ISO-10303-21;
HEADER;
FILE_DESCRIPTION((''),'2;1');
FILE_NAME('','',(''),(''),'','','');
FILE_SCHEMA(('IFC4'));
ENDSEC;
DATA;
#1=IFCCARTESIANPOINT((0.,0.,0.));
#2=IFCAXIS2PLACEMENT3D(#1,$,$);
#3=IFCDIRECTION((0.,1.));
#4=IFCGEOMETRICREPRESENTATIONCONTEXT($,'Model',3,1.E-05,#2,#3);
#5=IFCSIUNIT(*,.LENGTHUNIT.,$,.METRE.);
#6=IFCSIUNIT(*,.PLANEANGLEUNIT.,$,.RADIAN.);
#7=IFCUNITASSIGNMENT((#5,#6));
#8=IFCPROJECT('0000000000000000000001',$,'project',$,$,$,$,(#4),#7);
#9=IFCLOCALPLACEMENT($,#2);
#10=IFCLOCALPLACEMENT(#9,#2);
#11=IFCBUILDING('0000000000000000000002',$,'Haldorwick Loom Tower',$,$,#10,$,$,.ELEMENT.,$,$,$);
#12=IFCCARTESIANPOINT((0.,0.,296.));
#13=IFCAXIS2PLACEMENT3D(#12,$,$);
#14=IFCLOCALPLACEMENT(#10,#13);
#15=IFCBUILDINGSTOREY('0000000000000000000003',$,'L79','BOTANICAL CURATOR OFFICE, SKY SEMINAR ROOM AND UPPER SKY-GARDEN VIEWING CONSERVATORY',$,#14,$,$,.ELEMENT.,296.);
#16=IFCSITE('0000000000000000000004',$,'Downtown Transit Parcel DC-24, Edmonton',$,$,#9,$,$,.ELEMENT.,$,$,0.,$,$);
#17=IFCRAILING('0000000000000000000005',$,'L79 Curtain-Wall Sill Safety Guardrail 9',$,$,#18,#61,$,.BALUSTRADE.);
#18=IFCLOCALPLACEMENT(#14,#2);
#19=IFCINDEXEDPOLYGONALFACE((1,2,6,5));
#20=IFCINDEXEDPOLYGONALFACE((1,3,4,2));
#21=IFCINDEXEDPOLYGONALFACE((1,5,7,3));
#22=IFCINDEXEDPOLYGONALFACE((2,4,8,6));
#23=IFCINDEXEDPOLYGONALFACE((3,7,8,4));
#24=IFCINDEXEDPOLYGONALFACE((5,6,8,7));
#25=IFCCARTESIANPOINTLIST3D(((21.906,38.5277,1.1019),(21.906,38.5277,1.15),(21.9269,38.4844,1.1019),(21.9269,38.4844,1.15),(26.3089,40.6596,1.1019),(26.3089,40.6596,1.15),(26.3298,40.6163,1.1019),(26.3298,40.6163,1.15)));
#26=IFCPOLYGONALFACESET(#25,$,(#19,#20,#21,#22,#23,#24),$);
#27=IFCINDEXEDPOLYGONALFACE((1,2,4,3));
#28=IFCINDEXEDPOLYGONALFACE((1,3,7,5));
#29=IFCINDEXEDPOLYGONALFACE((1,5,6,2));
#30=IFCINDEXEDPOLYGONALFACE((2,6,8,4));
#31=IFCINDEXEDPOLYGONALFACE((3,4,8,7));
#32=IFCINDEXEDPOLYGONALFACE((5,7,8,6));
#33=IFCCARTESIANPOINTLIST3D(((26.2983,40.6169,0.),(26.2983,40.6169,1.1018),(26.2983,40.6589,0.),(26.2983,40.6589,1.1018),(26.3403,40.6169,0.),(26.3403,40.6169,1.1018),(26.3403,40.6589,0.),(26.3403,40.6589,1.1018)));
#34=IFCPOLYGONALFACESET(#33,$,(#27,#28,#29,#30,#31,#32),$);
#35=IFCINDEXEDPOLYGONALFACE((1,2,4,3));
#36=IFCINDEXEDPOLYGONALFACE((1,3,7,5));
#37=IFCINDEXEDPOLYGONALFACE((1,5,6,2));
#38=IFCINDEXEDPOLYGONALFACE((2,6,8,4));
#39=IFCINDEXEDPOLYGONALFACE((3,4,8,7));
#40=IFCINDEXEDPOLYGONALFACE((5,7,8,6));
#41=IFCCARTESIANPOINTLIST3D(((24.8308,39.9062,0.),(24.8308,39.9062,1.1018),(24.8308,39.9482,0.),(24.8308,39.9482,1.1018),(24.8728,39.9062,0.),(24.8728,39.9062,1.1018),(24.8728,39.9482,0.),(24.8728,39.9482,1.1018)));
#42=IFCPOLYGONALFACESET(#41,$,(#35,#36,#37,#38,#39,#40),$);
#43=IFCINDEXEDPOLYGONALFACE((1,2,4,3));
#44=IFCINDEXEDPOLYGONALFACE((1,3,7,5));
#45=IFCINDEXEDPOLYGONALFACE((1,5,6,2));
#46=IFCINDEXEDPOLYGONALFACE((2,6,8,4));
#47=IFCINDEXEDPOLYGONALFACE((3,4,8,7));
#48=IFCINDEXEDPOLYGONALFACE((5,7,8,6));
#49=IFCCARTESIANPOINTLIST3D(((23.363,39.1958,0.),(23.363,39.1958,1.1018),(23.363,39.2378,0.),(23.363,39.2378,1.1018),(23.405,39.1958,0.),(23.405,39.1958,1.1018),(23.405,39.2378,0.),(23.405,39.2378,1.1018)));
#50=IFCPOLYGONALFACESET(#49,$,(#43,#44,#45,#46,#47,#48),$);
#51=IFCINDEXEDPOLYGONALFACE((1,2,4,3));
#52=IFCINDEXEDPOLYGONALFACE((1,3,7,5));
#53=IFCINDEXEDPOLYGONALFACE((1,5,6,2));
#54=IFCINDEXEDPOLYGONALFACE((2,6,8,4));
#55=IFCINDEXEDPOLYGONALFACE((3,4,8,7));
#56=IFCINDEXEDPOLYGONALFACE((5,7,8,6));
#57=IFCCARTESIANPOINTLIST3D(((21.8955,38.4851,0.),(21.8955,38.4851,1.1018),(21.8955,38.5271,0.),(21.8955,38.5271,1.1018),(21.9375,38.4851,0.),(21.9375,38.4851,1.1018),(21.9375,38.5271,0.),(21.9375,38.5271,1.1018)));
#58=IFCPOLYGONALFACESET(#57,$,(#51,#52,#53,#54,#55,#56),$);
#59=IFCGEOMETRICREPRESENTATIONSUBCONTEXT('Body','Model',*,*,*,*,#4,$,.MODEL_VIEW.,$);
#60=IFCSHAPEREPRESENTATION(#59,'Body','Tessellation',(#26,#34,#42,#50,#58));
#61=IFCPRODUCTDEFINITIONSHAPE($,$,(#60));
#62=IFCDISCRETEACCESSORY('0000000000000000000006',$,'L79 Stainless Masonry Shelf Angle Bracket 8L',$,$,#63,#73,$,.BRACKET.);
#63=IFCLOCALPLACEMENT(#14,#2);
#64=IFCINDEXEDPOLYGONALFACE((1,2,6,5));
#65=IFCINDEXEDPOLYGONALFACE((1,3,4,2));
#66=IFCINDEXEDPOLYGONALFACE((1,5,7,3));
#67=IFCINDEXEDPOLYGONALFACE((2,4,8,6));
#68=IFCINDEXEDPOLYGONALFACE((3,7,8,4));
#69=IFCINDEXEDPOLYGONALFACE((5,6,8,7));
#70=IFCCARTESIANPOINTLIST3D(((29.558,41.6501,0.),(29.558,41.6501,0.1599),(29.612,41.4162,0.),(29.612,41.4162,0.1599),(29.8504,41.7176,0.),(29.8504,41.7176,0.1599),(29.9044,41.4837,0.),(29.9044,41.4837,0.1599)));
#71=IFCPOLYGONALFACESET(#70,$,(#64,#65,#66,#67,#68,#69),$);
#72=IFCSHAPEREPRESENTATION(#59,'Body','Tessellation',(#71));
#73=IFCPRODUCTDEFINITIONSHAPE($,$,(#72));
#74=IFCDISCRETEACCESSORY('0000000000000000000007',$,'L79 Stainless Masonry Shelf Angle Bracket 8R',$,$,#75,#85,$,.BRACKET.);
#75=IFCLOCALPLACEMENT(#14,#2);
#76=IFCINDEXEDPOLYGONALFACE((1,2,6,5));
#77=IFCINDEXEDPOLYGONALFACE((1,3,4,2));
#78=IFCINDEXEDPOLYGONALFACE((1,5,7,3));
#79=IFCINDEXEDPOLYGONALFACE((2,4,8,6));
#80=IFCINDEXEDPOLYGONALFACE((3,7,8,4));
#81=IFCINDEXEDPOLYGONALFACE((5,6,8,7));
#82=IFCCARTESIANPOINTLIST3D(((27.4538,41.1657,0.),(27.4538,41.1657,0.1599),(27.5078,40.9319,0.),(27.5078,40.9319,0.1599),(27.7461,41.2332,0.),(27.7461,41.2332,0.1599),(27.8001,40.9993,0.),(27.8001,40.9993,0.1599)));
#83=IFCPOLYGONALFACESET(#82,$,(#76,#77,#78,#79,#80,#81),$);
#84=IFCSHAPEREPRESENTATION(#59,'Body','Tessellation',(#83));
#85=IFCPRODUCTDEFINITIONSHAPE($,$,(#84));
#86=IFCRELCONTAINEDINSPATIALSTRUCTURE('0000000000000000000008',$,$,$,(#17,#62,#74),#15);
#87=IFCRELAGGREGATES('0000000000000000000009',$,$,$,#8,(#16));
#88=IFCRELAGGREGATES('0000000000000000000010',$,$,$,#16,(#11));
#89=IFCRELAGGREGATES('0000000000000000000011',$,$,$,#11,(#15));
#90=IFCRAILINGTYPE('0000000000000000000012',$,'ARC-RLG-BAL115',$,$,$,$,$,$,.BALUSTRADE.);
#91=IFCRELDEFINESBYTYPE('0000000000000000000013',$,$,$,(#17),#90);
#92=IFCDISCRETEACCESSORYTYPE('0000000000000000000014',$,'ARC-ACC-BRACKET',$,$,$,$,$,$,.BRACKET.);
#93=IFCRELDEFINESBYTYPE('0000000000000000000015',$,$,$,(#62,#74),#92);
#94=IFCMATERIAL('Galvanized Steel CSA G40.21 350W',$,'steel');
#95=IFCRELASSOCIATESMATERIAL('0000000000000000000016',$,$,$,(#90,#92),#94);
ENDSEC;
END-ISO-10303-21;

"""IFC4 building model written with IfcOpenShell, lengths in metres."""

from ifc_helpers import new_model, si_unit, direction, frame, origin, origin_2d, place, context, subcontext, project, spatial, rectangle, extrude, material, type_object, element, save


model = new_model("IFC4")

# Units and contexts
model_context = context("Model", 3, precision=1e-05, world=origin(), true_north=direction((0.0, 1.0)))
body_context = subcontext(model_context, "Body", "Model", "MODEL_VIEW")
ifc_project = project(units=[si_unit("LENGTHUNIT", "METRE"), si_unit("PLANEANGLEUNIT", "RADIAN")], contexts=[model_context])

# Site, building, storey
site_placement = place(None, origin())
site = spatial("IfcSite", under=ifc_project, at=site_placement, Name="Downtown Transit Parcel DC-24, Edmonton", CompositionType="ELEMENT", RefElevation=0.0)
building_placement = place(site_placement, origin())
building = spatial("IfcBuilding", under=site, at=building_placement, Name="Haldorwick Loom Tower", CompositionType="ELEMENT")
storey_placement = place(building_placement, frame((0.0, 0.0, 296.0)))
storey = spatial("IfcBuildingStorey", under=building, at=storey_placement, Name="L79", Description="BOTANICAL CURATOR OFFICE, SKY SEMINAR ROOM AND UPPER SKY-GARDEN VIEWING CONSERVATORY", CompositionType="ELEMENT", Elevation=296.0)

# Railing
ifc_material_1 = material(Name="Galvanized Steel CSA G40.21 350W", Category="steel")
railing_type = type_object("IfcRailingType", Name="ARC-RLG-BAL115", PredefinedType="BALUSTRADE", material=ifc_material_1)
railing_placement = place(storey_placement, frame((26.3193, 40.6379, 0.0)))
element("IfcRailing", 1, at=railing_placement, inside=storey, type_object=railing_type, Name="L79 Curtain-Wall Sill Safety Guardrail 9", PredefinedType="BALUSTRADE", context=body_context, shape_type="SweptSolid", body=[
    extrude(rectangle(XDim=0.0481, YDim=0.0481, at=origin_2d()), frame((0.0, 0.0, 1.126), z_axis=(-0.900044, -0.435798, 0.0), x_axis=(0.435798, -0.900044, 0.0)), (0.0, 0.0, 1.0), 4.8918),
    extrude(rectangle(XDim=0.042, YDim=0.042, at=origin_2d()), origin(), (0.0, 0.0, 1.0), 1.1018),
    extrude(rectangle(XDim=0.042, YDim=0.042, at=origin_2d()), frame((-1.4675, -0.7107, 0.0)), (0.0, 0.0, 1.0), 1.1018),
    extrude(rectangle(XDim=0.042, YDim=0.042, at=origin_2d()), frame((-2.9353, -1.4211, 0.0)), (0.0, 0.0, 1.0), 1.1018),
    extrude(rectangle(XDim=0.042, YDim=0.042, at=origin_2d()), frame((-4.4028, -2.1318, 0.0)), (0.0, 0.0, 1.0), 1.1018),
])

# Discrete accessories
discrete_accessory_type = type_object("IfcDiscreteAccessoryType", Name="ARC-ACC-BRACKET", PredefinedType="BRACKET", material=ifc_material_1)
for number, where, z_axis, x_axis, name in (
    (2, (29.7312, 41.5669, 0.0), (0.0, 0.0, 1.0), (-0.97437, -0.224951, 0.0), "L79 Stainless Masonry Shelf Angle Bracket 8L"),
    (3, (27.627, 41.0825, 0.0), (0.0, 0.0, 1.0), (-0.97437, -0.224951, 0.0), "L79 Stainless Masonry Shelf Angle Bracket 8R"),
):
    element("IfcDiscreteAccessory", number, at=place(storey_placement, frame(where, z_axis=z_axis, x_axis=x_axis)), inside=storey, type_object=discrete_accessory_type, Name=name, PredefinedType="BRACKET", context=body_context, shape_type="SweptSolid", body=[
        extrude(rectangle(XDim=0.3, YDim=0.24, at=origin_2d()), origin(), (0.0, 0.0, 1.0), 0.1599),
    ])

save(model, "model.ifc")
